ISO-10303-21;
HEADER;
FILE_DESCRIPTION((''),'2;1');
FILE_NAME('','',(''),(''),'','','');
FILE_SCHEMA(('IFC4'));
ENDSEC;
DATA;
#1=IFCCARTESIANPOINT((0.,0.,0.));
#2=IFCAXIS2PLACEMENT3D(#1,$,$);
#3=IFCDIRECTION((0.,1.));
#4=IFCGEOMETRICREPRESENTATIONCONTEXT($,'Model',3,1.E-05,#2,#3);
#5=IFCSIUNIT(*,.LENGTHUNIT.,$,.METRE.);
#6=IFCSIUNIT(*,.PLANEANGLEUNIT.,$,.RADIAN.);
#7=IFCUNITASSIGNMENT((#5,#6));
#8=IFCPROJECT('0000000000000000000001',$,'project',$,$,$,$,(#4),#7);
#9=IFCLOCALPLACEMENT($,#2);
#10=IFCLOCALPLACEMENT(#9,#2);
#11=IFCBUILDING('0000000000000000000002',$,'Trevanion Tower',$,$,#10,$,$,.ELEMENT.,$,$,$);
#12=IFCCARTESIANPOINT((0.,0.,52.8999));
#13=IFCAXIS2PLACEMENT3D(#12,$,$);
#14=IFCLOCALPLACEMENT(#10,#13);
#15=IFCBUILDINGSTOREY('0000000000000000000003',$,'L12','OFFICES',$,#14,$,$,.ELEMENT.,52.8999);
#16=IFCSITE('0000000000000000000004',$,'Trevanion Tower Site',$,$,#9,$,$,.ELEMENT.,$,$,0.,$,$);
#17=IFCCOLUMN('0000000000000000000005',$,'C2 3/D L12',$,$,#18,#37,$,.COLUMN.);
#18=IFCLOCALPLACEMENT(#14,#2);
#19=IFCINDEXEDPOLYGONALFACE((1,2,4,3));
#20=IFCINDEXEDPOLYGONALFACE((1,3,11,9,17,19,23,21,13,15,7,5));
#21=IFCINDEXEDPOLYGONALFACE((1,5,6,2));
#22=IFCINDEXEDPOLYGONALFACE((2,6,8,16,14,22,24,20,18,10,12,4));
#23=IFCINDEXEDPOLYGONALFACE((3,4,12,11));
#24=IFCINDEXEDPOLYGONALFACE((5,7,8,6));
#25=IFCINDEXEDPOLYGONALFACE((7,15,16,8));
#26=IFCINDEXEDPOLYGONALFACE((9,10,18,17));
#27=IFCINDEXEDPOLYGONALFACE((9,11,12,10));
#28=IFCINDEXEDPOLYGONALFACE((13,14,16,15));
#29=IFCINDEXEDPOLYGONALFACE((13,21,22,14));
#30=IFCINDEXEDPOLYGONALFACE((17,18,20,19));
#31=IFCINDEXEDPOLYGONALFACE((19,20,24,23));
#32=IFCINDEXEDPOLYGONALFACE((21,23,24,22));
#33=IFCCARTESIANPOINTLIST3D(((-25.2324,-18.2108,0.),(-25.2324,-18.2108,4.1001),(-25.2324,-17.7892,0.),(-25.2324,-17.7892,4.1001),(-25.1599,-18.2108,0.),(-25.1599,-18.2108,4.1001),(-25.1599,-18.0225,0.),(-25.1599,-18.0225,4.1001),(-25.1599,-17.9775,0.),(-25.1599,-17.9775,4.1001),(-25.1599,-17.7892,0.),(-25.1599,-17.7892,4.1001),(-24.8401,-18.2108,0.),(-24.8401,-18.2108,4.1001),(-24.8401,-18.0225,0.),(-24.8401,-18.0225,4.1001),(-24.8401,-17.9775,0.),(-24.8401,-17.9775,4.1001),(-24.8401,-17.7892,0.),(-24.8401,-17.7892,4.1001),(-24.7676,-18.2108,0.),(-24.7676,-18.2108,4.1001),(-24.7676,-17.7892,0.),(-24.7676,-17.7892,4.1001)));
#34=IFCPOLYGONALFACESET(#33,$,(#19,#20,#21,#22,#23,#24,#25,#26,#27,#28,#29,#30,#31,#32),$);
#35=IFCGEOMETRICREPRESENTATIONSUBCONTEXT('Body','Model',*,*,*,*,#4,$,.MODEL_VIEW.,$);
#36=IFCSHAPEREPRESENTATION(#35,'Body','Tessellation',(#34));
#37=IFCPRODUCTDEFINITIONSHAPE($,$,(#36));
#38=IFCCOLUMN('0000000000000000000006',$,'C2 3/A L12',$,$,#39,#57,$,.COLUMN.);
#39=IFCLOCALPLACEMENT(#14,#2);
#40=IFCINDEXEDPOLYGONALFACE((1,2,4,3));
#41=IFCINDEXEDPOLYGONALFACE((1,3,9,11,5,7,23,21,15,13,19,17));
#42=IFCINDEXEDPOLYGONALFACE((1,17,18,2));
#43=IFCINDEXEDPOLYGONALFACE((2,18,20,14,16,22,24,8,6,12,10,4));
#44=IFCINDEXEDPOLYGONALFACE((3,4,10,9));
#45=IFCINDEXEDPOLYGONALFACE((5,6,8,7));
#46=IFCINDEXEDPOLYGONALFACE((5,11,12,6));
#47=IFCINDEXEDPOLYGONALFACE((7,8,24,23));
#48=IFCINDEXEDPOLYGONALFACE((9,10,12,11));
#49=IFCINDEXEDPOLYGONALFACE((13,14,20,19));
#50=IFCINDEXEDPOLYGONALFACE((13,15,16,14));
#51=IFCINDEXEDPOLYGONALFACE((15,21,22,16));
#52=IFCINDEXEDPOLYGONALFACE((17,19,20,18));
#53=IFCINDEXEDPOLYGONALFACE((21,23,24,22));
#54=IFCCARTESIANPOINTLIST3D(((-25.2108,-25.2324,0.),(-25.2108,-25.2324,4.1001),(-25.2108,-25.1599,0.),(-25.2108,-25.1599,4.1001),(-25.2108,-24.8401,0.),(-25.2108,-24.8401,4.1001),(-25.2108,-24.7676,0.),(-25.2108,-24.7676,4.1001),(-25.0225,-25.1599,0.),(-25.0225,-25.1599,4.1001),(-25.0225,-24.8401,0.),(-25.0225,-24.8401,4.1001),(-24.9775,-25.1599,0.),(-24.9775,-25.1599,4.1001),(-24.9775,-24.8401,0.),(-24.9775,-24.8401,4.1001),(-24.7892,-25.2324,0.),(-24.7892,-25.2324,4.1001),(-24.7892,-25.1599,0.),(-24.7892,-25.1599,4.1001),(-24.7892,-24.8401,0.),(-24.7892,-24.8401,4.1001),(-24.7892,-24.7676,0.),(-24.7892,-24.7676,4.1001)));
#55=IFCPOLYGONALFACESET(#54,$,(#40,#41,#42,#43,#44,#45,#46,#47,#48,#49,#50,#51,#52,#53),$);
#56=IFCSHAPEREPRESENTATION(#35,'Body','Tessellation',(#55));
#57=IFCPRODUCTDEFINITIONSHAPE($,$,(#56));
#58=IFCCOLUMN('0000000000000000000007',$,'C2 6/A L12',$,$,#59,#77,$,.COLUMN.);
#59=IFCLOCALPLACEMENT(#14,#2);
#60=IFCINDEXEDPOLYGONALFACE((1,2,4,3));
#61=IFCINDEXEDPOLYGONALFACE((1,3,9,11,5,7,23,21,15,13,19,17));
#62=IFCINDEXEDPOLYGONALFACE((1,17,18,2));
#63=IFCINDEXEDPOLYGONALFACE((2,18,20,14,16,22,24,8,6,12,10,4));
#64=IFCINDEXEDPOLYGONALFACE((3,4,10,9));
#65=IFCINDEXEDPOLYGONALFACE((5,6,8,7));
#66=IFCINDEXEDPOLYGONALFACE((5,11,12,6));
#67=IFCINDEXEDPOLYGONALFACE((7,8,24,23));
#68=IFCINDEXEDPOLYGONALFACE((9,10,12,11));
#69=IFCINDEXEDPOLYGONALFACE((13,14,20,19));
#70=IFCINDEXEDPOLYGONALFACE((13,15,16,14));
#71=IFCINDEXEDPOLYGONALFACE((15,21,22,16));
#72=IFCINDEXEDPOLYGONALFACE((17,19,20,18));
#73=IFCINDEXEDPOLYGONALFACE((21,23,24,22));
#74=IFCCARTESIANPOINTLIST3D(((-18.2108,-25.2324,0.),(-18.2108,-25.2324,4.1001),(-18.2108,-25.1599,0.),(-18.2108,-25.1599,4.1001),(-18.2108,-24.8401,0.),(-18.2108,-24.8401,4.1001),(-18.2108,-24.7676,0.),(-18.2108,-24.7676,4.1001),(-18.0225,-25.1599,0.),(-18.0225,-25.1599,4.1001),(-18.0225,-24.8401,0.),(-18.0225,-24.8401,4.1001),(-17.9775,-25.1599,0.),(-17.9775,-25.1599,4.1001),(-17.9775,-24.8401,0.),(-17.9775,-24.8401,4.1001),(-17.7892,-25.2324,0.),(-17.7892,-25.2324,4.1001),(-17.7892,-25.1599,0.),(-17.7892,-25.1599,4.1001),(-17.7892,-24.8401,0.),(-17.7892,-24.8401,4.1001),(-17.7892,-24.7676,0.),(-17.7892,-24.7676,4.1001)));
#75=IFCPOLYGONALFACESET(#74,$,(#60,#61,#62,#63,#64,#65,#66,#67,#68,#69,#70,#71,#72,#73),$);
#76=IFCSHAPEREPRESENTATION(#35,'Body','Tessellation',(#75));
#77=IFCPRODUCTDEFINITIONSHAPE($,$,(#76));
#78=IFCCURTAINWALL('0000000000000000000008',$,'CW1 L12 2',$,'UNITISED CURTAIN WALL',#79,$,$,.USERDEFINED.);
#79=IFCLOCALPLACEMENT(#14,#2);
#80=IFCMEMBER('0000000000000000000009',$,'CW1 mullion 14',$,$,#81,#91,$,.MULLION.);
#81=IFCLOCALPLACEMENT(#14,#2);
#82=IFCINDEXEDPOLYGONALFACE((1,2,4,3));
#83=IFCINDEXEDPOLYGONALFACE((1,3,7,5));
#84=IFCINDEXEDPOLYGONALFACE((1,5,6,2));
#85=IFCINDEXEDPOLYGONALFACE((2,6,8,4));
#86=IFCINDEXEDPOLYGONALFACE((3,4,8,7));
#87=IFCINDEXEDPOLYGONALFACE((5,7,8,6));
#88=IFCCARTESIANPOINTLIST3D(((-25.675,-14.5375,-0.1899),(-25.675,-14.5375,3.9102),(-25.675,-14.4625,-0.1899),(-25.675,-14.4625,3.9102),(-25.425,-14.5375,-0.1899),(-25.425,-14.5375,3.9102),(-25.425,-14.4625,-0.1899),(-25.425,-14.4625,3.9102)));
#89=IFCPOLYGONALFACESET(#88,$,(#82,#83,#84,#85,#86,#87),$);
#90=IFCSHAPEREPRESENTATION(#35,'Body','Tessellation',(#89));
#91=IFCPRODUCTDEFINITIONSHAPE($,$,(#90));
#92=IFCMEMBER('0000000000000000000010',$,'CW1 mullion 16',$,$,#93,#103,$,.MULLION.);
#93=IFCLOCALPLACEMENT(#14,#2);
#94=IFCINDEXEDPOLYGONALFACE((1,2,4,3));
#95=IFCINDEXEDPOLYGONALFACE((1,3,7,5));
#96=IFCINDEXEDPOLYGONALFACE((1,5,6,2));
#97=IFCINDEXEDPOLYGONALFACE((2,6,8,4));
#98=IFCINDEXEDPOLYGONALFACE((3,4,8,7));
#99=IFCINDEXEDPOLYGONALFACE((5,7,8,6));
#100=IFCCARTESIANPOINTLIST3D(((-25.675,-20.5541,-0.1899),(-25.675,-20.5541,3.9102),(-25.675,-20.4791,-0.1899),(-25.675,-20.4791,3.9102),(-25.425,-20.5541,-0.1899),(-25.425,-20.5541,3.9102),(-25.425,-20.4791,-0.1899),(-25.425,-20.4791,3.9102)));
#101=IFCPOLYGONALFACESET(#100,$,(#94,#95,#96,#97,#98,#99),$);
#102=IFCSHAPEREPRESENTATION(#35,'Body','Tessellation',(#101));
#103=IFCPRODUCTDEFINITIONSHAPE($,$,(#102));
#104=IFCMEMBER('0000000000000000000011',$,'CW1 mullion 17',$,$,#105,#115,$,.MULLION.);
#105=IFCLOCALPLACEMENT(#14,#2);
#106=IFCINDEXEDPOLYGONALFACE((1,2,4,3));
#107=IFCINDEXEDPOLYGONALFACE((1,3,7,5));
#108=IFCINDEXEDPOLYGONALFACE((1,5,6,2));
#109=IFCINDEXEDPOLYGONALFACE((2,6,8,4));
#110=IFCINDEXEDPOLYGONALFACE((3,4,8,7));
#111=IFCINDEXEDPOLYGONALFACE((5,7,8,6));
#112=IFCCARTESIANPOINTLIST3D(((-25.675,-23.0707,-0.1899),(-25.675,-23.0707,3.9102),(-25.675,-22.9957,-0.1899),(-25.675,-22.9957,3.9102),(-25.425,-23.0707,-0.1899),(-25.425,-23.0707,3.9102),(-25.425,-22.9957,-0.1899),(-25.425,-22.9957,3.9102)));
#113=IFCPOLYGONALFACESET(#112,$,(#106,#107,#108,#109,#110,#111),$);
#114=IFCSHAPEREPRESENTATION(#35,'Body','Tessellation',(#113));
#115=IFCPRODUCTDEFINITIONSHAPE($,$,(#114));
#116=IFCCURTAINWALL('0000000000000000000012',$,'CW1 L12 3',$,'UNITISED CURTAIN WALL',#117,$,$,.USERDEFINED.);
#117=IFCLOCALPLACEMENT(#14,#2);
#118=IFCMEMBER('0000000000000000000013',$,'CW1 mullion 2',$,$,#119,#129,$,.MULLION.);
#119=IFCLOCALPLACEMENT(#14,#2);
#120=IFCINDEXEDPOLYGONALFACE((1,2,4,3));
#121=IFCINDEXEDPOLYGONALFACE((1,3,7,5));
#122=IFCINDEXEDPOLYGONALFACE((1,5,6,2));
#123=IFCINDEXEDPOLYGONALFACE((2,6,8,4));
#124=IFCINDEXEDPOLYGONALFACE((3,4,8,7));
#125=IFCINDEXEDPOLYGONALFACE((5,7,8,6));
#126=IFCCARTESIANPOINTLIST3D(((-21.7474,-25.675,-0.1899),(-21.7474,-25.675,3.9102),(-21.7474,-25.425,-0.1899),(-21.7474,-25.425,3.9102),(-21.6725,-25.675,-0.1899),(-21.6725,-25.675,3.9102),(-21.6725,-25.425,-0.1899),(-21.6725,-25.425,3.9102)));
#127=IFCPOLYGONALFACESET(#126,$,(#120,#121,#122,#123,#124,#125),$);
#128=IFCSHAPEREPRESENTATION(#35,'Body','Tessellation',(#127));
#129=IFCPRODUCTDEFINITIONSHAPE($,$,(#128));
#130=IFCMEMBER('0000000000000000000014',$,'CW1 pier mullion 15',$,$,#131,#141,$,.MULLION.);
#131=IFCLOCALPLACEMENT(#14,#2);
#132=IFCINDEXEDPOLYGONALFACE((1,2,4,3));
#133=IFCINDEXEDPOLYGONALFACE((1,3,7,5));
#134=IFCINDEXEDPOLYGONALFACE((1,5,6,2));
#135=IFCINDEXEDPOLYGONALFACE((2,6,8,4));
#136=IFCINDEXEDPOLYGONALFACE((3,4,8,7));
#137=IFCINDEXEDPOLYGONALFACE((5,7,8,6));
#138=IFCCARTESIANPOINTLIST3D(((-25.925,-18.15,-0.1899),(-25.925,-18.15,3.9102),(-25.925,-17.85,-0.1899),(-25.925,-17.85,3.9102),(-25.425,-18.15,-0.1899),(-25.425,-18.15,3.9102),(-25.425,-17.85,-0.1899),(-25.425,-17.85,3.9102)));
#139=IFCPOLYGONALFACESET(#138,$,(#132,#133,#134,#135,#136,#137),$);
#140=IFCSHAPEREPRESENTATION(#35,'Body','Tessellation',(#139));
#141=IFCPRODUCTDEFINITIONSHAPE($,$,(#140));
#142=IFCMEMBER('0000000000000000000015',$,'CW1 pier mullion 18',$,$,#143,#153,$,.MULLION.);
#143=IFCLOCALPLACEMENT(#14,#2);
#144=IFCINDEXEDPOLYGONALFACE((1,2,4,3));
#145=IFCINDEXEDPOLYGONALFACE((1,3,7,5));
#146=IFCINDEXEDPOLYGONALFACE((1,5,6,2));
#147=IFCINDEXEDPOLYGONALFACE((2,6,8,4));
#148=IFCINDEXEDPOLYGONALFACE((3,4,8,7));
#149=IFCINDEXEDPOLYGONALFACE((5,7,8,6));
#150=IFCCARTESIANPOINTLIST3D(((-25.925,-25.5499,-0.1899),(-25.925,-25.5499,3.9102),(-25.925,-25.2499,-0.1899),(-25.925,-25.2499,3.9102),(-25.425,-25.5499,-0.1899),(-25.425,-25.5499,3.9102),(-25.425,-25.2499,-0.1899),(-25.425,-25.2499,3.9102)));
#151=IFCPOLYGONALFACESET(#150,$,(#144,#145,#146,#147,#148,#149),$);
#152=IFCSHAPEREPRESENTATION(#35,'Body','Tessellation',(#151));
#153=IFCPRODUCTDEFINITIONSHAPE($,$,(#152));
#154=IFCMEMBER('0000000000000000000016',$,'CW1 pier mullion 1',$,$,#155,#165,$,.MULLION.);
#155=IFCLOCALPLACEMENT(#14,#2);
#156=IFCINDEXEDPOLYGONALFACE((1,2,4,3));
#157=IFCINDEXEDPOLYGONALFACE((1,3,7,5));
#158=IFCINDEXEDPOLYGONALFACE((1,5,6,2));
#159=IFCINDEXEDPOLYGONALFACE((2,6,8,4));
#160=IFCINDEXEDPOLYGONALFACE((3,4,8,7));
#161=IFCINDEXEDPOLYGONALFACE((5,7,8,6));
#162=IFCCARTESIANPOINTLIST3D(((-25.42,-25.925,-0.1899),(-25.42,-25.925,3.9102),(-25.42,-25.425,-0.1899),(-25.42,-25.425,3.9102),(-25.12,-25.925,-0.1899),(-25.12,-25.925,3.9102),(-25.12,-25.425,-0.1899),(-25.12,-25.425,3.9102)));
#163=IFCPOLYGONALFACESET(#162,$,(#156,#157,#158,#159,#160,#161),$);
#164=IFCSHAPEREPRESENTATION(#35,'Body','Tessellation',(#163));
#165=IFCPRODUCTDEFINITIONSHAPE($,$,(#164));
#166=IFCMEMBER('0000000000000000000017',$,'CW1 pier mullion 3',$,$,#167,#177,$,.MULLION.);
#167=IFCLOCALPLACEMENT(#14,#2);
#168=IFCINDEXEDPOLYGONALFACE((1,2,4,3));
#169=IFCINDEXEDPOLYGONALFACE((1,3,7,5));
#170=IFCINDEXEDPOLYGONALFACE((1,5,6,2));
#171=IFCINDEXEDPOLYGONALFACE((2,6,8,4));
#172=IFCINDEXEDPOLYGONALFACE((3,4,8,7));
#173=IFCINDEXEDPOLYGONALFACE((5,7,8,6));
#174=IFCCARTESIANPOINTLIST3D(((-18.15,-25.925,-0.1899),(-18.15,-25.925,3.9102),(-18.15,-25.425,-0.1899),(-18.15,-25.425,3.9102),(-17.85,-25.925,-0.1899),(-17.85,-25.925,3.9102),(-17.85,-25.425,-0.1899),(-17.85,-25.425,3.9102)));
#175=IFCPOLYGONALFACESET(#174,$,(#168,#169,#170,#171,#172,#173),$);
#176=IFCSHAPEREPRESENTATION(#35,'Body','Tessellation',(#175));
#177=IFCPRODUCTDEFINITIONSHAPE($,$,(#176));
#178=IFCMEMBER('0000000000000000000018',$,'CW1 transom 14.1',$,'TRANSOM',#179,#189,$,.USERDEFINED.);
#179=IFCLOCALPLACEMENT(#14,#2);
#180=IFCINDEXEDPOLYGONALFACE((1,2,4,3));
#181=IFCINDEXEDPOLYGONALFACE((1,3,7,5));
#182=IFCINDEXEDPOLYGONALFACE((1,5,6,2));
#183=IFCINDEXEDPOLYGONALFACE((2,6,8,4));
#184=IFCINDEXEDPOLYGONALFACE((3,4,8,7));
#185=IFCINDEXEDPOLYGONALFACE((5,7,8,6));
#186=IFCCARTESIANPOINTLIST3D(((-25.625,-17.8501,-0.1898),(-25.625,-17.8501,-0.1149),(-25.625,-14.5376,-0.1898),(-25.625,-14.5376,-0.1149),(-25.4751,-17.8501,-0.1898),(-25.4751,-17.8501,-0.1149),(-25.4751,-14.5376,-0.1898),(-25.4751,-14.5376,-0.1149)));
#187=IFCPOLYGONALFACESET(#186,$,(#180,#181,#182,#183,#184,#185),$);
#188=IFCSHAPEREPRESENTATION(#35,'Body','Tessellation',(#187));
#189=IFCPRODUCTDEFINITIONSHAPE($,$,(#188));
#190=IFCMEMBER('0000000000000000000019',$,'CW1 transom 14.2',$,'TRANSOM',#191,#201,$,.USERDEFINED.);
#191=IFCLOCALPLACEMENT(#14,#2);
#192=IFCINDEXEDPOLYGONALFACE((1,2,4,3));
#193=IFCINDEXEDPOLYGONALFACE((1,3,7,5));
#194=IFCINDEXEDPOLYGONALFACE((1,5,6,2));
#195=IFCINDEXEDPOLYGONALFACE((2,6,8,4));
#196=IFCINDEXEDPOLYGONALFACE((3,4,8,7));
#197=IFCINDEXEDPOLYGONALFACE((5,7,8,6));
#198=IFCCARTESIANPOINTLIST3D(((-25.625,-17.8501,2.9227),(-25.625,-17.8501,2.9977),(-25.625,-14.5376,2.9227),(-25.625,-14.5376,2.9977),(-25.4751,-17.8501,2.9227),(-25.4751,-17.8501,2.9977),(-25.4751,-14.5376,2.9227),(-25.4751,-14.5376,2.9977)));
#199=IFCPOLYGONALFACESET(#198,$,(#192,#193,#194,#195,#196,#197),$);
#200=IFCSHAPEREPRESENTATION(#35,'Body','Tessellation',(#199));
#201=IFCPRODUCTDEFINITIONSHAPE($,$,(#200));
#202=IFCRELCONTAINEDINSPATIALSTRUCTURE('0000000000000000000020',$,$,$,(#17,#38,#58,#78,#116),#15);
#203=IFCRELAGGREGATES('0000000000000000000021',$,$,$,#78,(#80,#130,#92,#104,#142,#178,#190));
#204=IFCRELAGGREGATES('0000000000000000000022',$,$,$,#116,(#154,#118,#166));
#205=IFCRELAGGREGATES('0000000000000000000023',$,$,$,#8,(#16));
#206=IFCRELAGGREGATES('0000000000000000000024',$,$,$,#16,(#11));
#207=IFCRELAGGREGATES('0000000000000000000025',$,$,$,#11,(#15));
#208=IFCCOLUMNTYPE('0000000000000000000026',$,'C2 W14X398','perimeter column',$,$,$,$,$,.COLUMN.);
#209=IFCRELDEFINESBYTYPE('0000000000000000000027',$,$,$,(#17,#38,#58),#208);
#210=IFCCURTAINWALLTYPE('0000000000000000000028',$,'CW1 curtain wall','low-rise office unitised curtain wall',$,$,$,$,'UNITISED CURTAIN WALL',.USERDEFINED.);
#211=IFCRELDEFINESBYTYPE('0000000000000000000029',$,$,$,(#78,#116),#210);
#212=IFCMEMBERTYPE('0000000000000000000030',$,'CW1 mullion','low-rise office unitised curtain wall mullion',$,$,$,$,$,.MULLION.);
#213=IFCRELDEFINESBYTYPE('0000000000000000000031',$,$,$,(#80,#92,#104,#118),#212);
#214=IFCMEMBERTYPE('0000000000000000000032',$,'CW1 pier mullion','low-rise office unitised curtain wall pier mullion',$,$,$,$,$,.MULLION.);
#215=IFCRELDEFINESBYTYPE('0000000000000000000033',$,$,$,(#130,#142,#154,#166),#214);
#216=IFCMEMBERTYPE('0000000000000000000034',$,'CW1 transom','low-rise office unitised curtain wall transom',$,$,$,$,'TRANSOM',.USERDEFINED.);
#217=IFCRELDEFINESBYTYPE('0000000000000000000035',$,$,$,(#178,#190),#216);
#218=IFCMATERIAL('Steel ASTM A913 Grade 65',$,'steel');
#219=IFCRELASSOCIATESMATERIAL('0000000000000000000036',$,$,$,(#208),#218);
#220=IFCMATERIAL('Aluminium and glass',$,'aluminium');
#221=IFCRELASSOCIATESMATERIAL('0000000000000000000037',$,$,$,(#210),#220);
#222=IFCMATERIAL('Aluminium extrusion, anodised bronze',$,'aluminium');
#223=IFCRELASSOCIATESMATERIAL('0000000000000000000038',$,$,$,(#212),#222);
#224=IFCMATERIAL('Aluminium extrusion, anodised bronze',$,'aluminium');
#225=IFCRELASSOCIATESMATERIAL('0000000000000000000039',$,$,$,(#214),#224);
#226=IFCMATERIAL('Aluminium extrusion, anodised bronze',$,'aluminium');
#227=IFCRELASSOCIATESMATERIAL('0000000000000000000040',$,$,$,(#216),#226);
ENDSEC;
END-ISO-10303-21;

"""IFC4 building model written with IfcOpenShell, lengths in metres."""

from ifc_helpers import new_model, si_unit, direction, frame, origin, origin_2d, place, context, subcontext, project, spatial, rectangle, i_section, extrude, material, material_profile, profile_set, type_object, element, aggregate, save


model = new_model("IFC4")

# Units and contexts
model_context = context("Model", 3, precision=1e-05, world=origin(), true_north=direction((0.0, 1.0)))
body_context = subcontext(model_context, "Body", "Model", "MODEL_VIEW")
ifc_project = project(units=[si_unit("LENGTHUNIT", "METRE"), si_unit("PLANEANGLEUNIT", "RADIAN")], contexts=[model_context])

# Site, building, storey
site_placement = place(None, origin())
site = spatial("IfcSite", under=ifc_project, at=site_placement, Name="Trevanion Tower Site", CompositionType="ELEMENT", RefElevation=0.0)
building_placement = place(site_placement, origin())
building = spatial("IfcBuilding", under=site, at=building_placement, Name="Trevanion Tower", CompositionType="ELEMENT")
storey_placement = place(building_placement, frame((0.0, 0.0, 52.8999)))
storey = spatial("IfcBuildingStorey", under=building, at=storey_placement, Name="L12", Description="OFFICES", CompositionType="ELEMENT", Elevation=52.8999)

# Columns
ifc_material_1 = material(Name="Steel ASTM A913 Grade 65", Category="steel")
ifc_material_profile_1 = material_profile(ifc_material_1, i_section(OverallWidth=0.4216, OverallDepth=0.4648, WebThickness=0.0449, FlangeThickness=0.0725, at=origin_2d()), Name="W14X398")
ifc_profile_set_1 = profile_set([ifc_material_profile_1], Name="Steel ASTM A913 Grade 65")
column_type = type_object("IfcColumnType", Name="C2 W14X398", Description="perimeter column", PredefinedType="COLUMN", material=ifc_profile_set_1)
for number, where, z_axis, x_axis, name in (
    (1, (-25.0, -18.0, 0.0), (0.0, 0.0, 1.0), (0.0, 1.0, 0.0), "C2 3/D L12"),
    (2, (-25.0, -25.0, 0.0), (0.0, 0.0, 1.0), (1.0, 0.0, 0.0), "C2 3/A L12"),
    (3, (-18.0, -25.0, 0.0), (0.0, 0.0, 1.0), (1.0, 0.0, 0.0), "C2 6/A L12"),
):
    element("IfcColumn", number, at=place(storey_placement, frame(where, z_axis=z_axis, x_axis=x_axis)), inside=storey, type_object=column_type, Name=name, PredefinedType="COLUMN", context=body_context, shape_type="SweptSolid", body=[
        extrude(i_section(OverallWidth=0.4216, OverallDepth=0.4648, WebThickness=0.0449, FlangeThickness=0.0725, at=origin_2d()), origin(), (0.0, 0.0, 1.0), 4.1001),
    ])

# Curtain wall, members
ifc_material_2 = material(Name="Aluminium and glass", Category="aluminium")
curtain_wall_type = type_object("IfcCurtainWallType", Name="CW1 curtain wall", Description="low-rise office unitised curtain wall", ElementType="UNITISED CURTAIN WALL", PredefinedType="USERDEFINED", material=ifc_material_2)
curtain_wall_1_placement = place(storey_placement, origin())
curtain_wall_1 = element("IfcCurtainWall", 4, at=curtain_wall_1_placement, inside=storey, type_object=curtain_wall_type, Name="CW1 L12 2", ObjectType="UNITISED CURTAIN WALL", PredefinedType="USERDEFINED")
ifc_material_3 = material(Name="Aluminium extrusion, anodised bronze", Category="aluminium")
ifc_material_profile_2 = material_profile(ifc_material_3, rectangle(XDim=0.075, YDim=0.25, at=origin_2d()), Name="CW1 mullion")
ifc_profile_set_2 = profile_set([ifc_material_profile_2], Name="Aluminium extrusion, anodised bronze")
member_type_1 = type_object("IfcMemberType", Name="CW1 mullion", Description="low-rise office unitised curtain wall mullion", PredefinedType="MULLION", material=ifc_profile_set_2)
member_1_placement = place(storey_placement, frame((-25.55, -14.5, -0.1899), z_axis=(0.0, 0.0, 1.0), x_axis=(0.0, -1.0, 0.0)))
member_1 = element("IfcMember", 5, at=member_1_placement, type_object=member_type_1, Name="CW1 mullion 14", PredefinedType="MULLION", context=body_context, shape_type="SweptSolid", body=[
    extrude(rectangle(XDim=0.075, YDim=0.25, at=origin_2d()), origin(), (0.0, 0.0, 1.0), 4.1001),
])
member_2_placement = place(storey_placement, frame((-25.55, -20.5166, -0.1899), z_axis=(0.0, 0.0, 1.0), x_axis=(0.0, -1.0, 0.0)))
member_2 = element("IfcMember", 6, at=member_2_placement, type_object=member_type_1, Name="CW1 mullion 16", PredefinedType="MULLION", context=body_context, shape_type="SweptSolid", body=[
    extrude(rectangle(XDim=0.075, YDim=0.25, at=origin_2d()), origin(), (0.0, 0.0, 1.0), 4.1001),
])
member_3_placement = place(storey_placement, frame((-25.55, -23.0332, -0.1899), z_axis=(0.0, 0.0, 1.0), x_axis=(0.0, -1.0, 0.0)))
member_3 = element("IfcMember", 7, at=member_3_placement, type_object=member_type_1, Name="CW1 mullion 17", PredefinedType="MULLION", context=body_context, shape_type="SweptSolid", body=[
    extrude(rectangle(XDim=0.075, YDim=0.25, at=origin_2d()), origin(), (0.0, 0.0, 1.0), 4.1001),
])

# Curtain wall, member
curtain_wall_2_placement = place(storey_placement, origin())
curtain_wall_2 = element("IfcCurtainWall", 8, at=curtain_wall_2_placement, inside=storey, type_object=curtain_wall_type, Name="CW1 L12 3", ObjectType="UNITISED CURTAIN WALL", PredefinedType="USERDEFINED")
member_4_placement = place(storey_placement, frame((-21.71, -25.55, -0.1899), z_axis=(0.0, 0.0, 1.0), x_axis=(1.0, 0.0, 0.0)))
member_4 = element("IfcMember", 9, at=member_4_placement, type_object=member_type_1, Name="CW1 mullion 2", PredefinedType="MULLION", context=body_context, shape_type="SweptSolid", body=[
    extrude(rectangle(XDim=0.075, YDim=0.25, at=origin_2d()), origin(), (0.0, 0.0, 1.0), 4.1001),
])

# Members
ifc_material_4 = material(Name="Aluminium extrusion, anodised bronze", Category="aluminium")
ifc_material_profile_3 = material_profile(ifc_material_4, rectangle(XDim=0.3, YDim=0.5, at=origin_2d()), Name="CW1 pier mullion")
ifc_profile_set_3 = profile_set([ifc_material_profile_3], Name="Aluminium extrusion, anodised bronze")
member_type_2 = type_object("IfcMemberType", Name="CW1 pier mullion", Description="low-rise office unitised curtain wall pier mullion", PredefinedType="MULLION", material=ifc_profile_set_3)
member_5_placement = place(storey_placement, frame((-25.675, -18.0, -0.1899), z_axis=(0.0, 0.0, 1.0), x_axis=(0.0, -1.0, 0.0)))
member_5 = element("IfcMember", 10, at=member_5_placement, type_object=member_type_2, Name="CW1 pier mullion 15", PredefinedType="MULLION", context=body_context, shape_type="SweptSolid", body=[
    extrude(rectangle(XDim=0.3, YDim=0.5, at=origin_2d()), origin(), (0.0, 0.0, 1.0), 4.1001),
])
member_6_placement = place(storey_placement, frame((-25.675, -25.3999, -0.1899), z_axis=(0.0, 0.0, 1.0), x_axis=(0.0, -1.0, 0.0)))
member_6 = element("IfcMember", 11, at=member_6_placement, type_object=member_type_2, Name="CW1 pier mullion 18", PredefinedType="MULLION", context=body_context, shape_type="SweptSolid", body=[
    extrude(rectangle(XDim=0.3, YDim=0.5, at=origin_2d()), origin(), (0.0, 0.0, 1.0), 4.1001),
])
member_7_placement = place(storey_placement, frame((-25.27, -25.675, -0.1899), z_axis=(0.0, 0.0, 1.0), x_axis=(1.0, 0.0, 0.0)))
member_7 = element("IfcMember", 12, at=member_7_placement, type_object=member_type_2, Name="CW1 pier mullion 1", PredefinedType="MULLION", context=body_context, shape_type="SweptSolid", body=[
    extrude(rectangle(XDim=0.3, YDim=0.5, at=origin_2d()), origin(), (0.0, 0.0, 1.0), 4.1001),
])
member_8_placement = place(storey_placement, frame((-18.0, -25.675, -0.1899), z_axis=(0.0, 0.0, 1.0), x_axis=(1.0, 0.0, 0.0)))
member_8 = element("IfcMember", 13, at=member_8_placement, type_object=member_type_2, Name="CW1 pier mullion 3", PredefinedType="MULLION", context=body_context, shape_type="SweptSolid", body=[
    extrude(rectangle(XDim=0.3, YDim=0.5, at=origin_2d()), origin(), (0.0, 0.0, 1.0), 4.1001),
])
ifc_material_5 = material(Name="Aluminium extrusion, anodised bronze", Category="aluminium")
ifc_material_profile_4 = material_profile(ifc_material_5, rectangle(XDim=0.1499, YDim=0.075, at=origin_2d()), Name="CW1 transom")
ifc_profile_set_4 = profile_set([ifc_material_profile_4], Name="Aluminium extrusion, anodised bronze")
member_type_3 = type_object("IfcMemberType", Name="CW1 transom", Description="low-rise office unitised curtain wall transom", ElementType="TRANSOM", PredefinedType="USERDEFINED", material=ifc_profile_set_4)
member_9_placement = place(storey_placement, frame((-25.55, -14.5376, -0.1523), z_axis=(0.0, -1.0, 0.0), x_axis=(1.0, 0.0, 0.0)))
member_9 = element("IfcMember", 14, at=member_9_placement, type_object=member_type_3, Name="CW1 transom 14.1", ObjectType="TRANSOM", PredefinedType="USERDEFINED", context=body_context, shape_type="SweptSolid", body=[
    extrude(rectangle(XDim=0.1499, YDim=0.075, at=origin_2d()), origin(), (0.0, 0.0, 1.0), 3.3125),
])
member_10_placement = place(storey_placement, frame((-25.55, -14.5376, 2.9602), z_axis=(0.0, -1.0, 0.0), x_axis=(1.0, 0.0, 0.0)))
member_10 = element("IfcMember", 15, at=member_10_placement, type_object=member_type_3, Name="CW1 transom 14.2", ObjectType="TRANSOM", PredefinedType="USERDEFINED", context=body_context, shape_type="SweptSolid", body=[
    extrude(rectangle(XDim=0.1499, YDim=0.075, at=origin_2d()), origin(), (0.0, 0.0, 1.0), 3.3125),
])

aggregate(curtain_wall_1, [member_1, member_5, member_2, member_3, member_6, member_9, member_10])
aggregate(curtain_wall_2, [member_7, member_4, member_8])

save(model, "model.ifc")
